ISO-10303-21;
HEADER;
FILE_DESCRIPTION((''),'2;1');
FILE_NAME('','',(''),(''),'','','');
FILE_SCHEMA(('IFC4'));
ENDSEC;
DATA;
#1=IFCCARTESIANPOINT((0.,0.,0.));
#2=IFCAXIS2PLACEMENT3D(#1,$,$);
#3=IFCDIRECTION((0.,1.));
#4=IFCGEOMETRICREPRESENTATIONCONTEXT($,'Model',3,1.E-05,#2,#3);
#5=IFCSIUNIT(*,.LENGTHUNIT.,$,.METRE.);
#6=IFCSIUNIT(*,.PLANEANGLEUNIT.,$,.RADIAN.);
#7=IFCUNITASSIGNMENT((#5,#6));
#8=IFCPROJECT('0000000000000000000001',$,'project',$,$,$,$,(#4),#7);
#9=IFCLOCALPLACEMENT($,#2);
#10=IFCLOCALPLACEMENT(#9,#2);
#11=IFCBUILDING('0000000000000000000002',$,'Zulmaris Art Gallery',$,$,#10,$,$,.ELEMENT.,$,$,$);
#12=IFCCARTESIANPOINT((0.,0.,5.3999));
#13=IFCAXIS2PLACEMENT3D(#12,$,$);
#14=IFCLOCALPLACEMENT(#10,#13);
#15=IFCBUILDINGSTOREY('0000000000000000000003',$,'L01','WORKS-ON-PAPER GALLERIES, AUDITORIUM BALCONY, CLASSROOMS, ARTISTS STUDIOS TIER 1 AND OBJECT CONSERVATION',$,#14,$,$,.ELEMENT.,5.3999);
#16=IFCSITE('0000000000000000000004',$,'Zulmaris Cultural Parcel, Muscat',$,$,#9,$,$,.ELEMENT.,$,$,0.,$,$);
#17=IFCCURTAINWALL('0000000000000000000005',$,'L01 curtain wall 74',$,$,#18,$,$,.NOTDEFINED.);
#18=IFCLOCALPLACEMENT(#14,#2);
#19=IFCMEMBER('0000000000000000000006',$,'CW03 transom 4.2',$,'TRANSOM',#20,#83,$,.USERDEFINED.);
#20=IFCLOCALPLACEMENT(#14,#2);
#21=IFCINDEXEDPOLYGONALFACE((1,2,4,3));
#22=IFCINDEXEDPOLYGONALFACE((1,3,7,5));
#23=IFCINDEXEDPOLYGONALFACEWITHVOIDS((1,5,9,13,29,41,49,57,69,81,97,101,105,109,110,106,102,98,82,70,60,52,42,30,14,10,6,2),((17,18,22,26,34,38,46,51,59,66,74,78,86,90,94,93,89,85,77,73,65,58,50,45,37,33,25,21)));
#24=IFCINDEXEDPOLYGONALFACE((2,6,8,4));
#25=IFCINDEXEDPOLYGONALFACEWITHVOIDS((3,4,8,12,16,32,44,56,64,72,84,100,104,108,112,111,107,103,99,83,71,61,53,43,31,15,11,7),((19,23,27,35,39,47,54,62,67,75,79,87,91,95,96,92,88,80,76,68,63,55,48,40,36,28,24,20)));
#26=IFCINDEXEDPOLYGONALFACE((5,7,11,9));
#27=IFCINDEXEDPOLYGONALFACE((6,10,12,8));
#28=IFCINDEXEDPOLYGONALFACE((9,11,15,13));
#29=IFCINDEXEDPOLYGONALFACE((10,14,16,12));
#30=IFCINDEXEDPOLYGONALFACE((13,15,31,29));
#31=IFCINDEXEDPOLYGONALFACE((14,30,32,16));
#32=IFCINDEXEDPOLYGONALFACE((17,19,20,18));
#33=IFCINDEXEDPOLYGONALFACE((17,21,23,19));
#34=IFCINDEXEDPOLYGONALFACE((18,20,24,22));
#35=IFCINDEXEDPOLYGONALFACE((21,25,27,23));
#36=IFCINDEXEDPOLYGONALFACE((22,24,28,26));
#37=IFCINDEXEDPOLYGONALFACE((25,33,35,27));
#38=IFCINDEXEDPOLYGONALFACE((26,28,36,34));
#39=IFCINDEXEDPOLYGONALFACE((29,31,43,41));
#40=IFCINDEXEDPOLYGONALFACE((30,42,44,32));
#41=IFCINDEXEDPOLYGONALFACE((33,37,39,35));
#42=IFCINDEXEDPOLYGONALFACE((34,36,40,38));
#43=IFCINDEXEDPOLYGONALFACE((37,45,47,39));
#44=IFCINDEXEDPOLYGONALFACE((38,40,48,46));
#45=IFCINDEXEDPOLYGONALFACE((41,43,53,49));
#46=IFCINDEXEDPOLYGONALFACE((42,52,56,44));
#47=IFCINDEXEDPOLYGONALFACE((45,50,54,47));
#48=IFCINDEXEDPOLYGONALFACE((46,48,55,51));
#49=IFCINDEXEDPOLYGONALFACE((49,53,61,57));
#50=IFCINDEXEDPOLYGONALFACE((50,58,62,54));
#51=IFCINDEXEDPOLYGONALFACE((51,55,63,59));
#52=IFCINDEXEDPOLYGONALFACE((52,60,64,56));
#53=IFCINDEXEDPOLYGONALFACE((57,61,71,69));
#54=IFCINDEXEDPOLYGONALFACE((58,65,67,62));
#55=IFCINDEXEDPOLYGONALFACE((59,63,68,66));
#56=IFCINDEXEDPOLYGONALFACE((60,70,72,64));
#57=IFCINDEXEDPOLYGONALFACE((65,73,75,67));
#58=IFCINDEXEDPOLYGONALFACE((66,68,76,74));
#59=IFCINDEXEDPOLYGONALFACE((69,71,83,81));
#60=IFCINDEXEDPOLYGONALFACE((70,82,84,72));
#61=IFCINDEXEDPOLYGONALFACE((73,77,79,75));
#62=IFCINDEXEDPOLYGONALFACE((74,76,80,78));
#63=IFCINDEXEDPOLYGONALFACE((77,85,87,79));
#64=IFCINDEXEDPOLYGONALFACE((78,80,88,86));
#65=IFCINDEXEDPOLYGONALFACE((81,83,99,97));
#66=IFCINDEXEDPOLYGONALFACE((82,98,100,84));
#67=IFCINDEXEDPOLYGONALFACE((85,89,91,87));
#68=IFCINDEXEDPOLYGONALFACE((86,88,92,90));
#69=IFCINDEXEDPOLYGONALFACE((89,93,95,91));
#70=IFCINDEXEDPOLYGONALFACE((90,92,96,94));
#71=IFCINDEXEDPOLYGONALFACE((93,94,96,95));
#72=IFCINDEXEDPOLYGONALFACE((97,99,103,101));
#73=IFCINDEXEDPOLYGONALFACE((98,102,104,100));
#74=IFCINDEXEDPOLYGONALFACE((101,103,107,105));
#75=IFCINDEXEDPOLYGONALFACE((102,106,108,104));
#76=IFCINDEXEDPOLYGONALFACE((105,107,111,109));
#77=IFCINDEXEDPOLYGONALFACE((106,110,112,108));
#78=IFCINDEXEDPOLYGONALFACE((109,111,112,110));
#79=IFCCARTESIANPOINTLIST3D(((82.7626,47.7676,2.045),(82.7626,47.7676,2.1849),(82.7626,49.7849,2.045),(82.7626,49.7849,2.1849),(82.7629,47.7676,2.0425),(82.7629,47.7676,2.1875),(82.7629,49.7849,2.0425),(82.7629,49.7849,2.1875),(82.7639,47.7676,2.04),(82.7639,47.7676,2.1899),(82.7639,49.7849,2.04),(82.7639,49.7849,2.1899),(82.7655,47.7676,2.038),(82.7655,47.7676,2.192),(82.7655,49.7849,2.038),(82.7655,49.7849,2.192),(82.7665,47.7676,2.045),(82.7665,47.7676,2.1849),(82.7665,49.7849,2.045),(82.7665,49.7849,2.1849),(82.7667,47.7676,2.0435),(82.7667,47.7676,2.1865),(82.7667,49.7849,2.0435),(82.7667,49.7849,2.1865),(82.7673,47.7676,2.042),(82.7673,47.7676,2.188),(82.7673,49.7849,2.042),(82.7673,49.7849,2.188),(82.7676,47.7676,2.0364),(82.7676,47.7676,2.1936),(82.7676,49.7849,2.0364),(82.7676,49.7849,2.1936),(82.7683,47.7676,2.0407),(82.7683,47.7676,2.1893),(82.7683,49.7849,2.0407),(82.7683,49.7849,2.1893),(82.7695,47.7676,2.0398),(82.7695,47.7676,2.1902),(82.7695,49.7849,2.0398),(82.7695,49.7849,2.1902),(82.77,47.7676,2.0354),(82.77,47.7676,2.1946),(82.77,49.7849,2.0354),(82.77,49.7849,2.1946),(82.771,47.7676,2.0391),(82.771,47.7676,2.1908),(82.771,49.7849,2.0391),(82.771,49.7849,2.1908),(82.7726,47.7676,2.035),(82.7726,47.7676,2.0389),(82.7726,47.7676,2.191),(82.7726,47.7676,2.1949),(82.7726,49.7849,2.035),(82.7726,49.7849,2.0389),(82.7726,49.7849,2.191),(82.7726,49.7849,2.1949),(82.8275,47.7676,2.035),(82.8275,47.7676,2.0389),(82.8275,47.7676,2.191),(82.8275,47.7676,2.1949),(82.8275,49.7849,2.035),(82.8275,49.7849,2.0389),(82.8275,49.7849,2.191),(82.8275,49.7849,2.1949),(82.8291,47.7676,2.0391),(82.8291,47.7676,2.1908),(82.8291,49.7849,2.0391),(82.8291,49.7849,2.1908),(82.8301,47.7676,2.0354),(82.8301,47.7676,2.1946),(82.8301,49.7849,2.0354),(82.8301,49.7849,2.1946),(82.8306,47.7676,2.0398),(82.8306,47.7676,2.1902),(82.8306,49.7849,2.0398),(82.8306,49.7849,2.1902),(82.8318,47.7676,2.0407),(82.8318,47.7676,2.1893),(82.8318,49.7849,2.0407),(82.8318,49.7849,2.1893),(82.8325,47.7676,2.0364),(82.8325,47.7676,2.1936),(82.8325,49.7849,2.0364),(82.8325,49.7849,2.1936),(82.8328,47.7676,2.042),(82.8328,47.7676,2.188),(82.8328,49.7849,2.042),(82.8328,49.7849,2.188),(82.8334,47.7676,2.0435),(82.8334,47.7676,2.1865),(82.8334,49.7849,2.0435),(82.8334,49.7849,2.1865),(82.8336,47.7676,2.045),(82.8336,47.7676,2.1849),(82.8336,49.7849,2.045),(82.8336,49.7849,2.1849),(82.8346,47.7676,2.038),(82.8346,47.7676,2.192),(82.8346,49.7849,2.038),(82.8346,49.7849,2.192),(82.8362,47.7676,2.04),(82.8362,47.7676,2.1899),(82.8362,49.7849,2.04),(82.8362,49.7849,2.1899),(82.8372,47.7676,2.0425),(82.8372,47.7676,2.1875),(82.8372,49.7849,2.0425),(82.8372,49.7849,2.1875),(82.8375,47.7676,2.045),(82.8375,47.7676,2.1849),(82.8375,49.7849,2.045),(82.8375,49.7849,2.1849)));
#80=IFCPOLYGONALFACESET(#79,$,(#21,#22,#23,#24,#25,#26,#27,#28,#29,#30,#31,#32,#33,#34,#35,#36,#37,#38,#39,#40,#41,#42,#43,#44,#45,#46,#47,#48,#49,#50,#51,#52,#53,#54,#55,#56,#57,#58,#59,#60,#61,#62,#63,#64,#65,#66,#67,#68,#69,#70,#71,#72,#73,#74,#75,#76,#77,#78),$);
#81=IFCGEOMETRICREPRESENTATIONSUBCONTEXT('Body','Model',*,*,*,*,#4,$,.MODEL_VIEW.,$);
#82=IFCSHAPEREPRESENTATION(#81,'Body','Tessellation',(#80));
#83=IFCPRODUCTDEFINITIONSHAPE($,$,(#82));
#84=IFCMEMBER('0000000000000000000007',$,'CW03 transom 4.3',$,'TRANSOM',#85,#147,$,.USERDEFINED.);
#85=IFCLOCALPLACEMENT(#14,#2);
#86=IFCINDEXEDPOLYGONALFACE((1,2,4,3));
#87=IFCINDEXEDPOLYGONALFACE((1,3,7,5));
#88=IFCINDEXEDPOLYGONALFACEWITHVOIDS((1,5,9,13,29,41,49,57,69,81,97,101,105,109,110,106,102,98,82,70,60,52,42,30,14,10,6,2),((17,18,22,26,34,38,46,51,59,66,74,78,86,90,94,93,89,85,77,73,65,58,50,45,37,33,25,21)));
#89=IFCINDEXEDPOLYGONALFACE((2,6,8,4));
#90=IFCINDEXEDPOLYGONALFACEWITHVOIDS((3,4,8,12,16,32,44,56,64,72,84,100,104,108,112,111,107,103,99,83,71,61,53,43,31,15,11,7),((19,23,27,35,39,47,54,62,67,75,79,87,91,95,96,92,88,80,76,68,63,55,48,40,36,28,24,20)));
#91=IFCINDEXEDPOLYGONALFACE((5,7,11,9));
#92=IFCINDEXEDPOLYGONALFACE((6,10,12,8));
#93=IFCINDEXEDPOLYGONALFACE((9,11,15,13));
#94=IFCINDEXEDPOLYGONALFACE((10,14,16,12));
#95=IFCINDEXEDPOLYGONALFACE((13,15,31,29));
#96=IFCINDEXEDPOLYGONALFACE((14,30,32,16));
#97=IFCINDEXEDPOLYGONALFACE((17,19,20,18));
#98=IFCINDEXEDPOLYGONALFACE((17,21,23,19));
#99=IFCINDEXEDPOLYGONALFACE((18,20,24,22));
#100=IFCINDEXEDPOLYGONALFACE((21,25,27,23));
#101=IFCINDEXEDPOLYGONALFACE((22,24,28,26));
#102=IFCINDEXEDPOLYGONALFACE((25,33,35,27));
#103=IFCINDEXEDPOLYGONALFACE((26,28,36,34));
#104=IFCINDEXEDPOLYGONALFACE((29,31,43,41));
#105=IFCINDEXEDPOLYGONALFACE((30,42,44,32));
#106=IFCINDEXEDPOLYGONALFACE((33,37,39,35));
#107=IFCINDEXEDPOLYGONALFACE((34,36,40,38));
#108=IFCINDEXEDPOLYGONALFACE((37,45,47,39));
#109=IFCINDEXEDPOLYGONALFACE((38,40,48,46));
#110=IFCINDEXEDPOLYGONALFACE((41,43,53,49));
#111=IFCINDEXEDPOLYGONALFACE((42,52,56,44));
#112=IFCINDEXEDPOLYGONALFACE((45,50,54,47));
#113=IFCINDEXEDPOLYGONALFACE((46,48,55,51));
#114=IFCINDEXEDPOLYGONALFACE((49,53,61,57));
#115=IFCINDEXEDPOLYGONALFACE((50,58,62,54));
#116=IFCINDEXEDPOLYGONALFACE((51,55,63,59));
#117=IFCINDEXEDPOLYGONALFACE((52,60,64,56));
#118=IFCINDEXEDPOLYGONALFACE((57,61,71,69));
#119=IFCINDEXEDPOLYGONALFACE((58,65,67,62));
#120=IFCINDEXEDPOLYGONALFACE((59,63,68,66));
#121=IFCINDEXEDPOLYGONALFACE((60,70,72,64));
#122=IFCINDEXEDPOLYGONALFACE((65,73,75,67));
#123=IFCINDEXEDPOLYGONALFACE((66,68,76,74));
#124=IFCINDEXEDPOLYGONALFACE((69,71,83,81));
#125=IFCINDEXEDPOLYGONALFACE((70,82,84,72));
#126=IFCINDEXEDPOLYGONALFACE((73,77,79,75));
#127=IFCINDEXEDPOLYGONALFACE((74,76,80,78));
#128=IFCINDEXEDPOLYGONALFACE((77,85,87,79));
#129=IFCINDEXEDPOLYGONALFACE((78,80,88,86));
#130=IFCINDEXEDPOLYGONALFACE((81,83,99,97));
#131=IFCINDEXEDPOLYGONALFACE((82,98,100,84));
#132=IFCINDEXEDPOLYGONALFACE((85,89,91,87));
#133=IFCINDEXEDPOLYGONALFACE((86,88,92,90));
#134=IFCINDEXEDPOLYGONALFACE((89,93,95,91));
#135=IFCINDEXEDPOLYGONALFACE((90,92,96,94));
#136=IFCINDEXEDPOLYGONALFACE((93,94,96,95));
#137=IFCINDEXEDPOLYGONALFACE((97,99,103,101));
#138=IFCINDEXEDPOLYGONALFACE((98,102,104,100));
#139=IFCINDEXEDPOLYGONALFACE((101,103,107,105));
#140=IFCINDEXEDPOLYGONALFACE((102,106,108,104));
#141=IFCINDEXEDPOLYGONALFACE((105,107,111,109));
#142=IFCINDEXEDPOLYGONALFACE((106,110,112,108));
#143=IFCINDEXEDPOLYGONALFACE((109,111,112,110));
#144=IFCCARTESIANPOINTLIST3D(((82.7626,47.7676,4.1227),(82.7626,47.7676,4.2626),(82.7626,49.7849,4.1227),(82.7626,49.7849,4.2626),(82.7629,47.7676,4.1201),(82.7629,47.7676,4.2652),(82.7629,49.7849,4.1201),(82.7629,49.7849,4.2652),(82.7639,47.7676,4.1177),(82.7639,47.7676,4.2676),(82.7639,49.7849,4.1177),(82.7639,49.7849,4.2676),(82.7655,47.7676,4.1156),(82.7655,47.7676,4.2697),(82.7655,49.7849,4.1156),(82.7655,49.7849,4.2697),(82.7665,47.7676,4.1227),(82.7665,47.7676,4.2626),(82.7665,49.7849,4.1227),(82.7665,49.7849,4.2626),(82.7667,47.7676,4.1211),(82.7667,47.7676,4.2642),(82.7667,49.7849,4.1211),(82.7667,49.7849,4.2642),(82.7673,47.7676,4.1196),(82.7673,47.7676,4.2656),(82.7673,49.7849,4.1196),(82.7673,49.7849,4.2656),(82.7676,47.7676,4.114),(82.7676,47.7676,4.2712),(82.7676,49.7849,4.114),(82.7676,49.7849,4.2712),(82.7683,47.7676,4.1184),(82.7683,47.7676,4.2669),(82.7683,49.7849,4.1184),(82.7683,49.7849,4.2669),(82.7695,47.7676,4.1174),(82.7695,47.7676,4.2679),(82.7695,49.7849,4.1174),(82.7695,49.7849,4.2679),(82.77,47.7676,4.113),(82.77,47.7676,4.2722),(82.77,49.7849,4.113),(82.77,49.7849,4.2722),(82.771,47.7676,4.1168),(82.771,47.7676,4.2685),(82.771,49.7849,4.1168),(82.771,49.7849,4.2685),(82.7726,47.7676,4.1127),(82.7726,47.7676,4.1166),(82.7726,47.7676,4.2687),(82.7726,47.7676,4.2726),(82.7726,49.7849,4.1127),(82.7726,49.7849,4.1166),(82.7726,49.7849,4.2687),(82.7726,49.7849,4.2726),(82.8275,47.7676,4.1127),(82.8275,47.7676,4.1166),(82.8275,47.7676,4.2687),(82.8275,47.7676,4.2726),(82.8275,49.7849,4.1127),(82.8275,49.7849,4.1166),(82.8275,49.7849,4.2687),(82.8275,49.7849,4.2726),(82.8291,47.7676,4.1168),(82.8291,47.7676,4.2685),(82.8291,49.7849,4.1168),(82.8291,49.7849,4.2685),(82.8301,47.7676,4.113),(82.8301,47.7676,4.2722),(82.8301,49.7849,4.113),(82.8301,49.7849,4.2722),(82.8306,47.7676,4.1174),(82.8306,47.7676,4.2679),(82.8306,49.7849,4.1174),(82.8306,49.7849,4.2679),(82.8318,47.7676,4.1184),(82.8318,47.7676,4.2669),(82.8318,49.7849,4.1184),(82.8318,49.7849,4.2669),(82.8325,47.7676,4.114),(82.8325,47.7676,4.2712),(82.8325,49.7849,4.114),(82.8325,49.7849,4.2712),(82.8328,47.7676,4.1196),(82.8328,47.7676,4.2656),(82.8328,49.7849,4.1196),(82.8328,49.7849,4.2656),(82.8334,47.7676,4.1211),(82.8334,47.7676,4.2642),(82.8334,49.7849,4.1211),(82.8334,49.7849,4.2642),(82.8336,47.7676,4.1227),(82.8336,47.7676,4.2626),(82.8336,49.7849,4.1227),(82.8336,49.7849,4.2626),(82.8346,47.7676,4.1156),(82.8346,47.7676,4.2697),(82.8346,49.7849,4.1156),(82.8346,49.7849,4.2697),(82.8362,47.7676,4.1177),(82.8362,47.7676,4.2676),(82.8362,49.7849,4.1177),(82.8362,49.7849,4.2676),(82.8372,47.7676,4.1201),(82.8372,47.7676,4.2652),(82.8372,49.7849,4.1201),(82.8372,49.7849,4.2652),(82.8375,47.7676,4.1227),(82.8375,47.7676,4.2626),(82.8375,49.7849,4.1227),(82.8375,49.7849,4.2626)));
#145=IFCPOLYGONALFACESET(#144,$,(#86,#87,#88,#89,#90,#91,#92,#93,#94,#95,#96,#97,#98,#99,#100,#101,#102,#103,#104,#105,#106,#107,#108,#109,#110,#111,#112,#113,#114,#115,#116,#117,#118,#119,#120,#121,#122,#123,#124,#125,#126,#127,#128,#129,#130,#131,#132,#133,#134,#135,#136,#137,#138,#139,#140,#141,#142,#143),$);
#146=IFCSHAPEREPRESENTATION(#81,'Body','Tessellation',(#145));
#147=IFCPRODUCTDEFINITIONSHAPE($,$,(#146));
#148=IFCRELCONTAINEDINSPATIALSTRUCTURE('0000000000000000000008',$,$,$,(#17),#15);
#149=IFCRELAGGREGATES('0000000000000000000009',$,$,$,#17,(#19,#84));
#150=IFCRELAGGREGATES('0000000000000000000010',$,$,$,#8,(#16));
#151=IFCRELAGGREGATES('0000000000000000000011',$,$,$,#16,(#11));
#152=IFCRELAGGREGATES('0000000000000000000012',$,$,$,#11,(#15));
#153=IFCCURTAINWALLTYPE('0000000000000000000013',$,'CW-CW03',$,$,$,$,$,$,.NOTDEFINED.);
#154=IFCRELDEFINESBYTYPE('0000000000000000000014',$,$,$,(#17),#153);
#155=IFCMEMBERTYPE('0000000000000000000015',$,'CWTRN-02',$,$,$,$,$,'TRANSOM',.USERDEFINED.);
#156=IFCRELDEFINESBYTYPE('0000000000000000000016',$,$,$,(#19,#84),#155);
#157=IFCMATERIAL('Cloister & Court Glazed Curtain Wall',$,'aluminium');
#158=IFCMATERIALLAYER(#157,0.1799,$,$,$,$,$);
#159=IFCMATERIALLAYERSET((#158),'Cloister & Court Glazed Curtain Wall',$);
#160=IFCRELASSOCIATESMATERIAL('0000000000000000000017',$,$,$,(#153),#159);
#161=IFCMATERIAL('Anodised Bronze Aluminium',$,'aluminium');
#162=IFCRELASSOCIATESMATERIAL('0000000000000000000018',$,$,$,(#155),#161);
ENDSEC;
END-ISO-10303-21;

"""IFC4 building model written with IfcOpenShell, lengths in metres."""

from ifc_helpers import new_model, si_unit, direction, frame, origin, origin_2d, place, context, subcontext, project, spatial, hollow_rectangle, extrude, material, layer, layer_set, material_profile, profile_set, type_object, element, aggregate, save


model = new_model("IFC4")

# Units and contexts
model_context = context("Model", 3, precision=1e-05, world=origin(), true_north=direction((0.0, 1.0)))
body_context = subcontext(model_context, "Body", "Model", "MODEL_VIEW")
ifc_project = project(units=[si_unit("LENGTHUNIT", "METRE"), si_unit("PLANEANGLEUNIT", "RADIAN")], contexts=[model_context])

# Site, building, storey
site_placement = place(None, origin())
site = spatial("IfcSite", under=ifc_project, at=site_placement, Name="Zulmaris Cultural Parcel, Muscat", CompositionType="ELEMENT", RefElevation=0.0)
building_placement = place(site_placement, origin())
building = spatial("IfcBuilding", under=site, at=building_placement, Name="Zulmaris Art Gallery", CompositionType="ELEMENT")
storey_placement = place(building_placement, frame((0.0, 0.0, 5.3999)))
storey = spatial("IfcBuildingStorey", under=building, at=storey_placement, Name="L01", Description="WORKS-ON-PAPER GALLERIES, AUDITORIUM BALCONY, CLASSROOMS, ARTISTS STUDIOS TIER 1 AND OBJECT CONSERVATION", CompositionType="ELEMENT", Elevation=5.3999)

# Curtain wall, members
ifc_material_1 = material(Name="Cloister & Court Glazed Curtain Wall", Category="aluminium")
ifc_layer_1 = layer(ifc_material_1, 0.1799)
ifc_layer_set_1 = layer_set([ifc_layer_1], Name="Cloister & Court Glazed Curtain Wall")
curtain_wall_type = type_object("IfcCurtainWallType", Name="CW-CW03", PredefinedType="NOTDEFINED", material=ifc_layer_set_1)
ifc_material_2 = material(Name="Anodised Bronze Aluminium", Category="aluminium")
curtain_wall_1_placement = place(storey_placement, origin())
curtain_wall_1 = element("IfcCurtainWall", 1, at=curtain_wall_1_placement, inside=storey, type_object=curtain_wall_type, Name="L01 curtain wall 74", PredefinedType="NOTDEFINED")
ifc_material_profile_1 = material_profile(ifc_material_2, hollow_rectangle(XDim=0.075, YDim=0.1599, WallThickness=0.0039, InnerFilletRadius=0.0061, OuterFilletRadius=0.01, at=origin_2d()), Name="ALU 75x160x4")
ifc_profile_set_1 = profile_set([ifc_material_profile_1], Name="Anodised Bronze Aluminium")
member_type_1 = type_object("IfcMemberType", Name="CWTRN-02", ElementType="TRANSOM", PredefinedType="USERDEFINED", material=ifc_profile_set_1)
member_1_placement = place(storey_placement, frame((82.8, 47.7676, 2.115), z_axis=(0.0, 1.0, 0.0), x_axis=(-1.0, 0.0, 0.0)))
member_1 = element("IfcMember", 2, at=member_1_placement, type_object=member_type_1, Name="CW03 transom 4.2", ObjectType="TRANSOM", PredefinedType="USERDEFINED", context=body_context, shape_type="SweptSolid", body=[
    extrude(hollow_rectangle(XDim=0.075, YDim=0.1599, WallThickness=0.0039, InnerFilletRadius=0.0061, OuterFilletRadius=0.01, at=origin_2d()), origin(), (0.0, 0.0, 1.0), 2.0173),
])
member_2_placement = place(storey_placement, frame((82.8, 47.7676, 4.1926), z_axis=(0.0, 1.0, 0.0), x_axis=(-1.0, 0.0, 0.0)))
member_2 = element("IfcMember", 3, at=member_2_placement, type_object=member_type_1, Name="CW03 transom 4.3", ObjectType="TRANSOM", PredefinedType="USERDEFINED", context=body_context, shape_type="SweptSolid", body=[
    extrude(hollow_rectangle(XDim=0.075, YDim=0.1599, WallThickness=0.0039, InnerFilletRadius=0.0061, OuterFilletRadius=0.01, at=origin_2d()), origin(), (0.0, 0.0, 1.0), 2.0173),
])

aggregate(curtain_wall_1, [member_1, member_2])

save(model, "model.ifc")
